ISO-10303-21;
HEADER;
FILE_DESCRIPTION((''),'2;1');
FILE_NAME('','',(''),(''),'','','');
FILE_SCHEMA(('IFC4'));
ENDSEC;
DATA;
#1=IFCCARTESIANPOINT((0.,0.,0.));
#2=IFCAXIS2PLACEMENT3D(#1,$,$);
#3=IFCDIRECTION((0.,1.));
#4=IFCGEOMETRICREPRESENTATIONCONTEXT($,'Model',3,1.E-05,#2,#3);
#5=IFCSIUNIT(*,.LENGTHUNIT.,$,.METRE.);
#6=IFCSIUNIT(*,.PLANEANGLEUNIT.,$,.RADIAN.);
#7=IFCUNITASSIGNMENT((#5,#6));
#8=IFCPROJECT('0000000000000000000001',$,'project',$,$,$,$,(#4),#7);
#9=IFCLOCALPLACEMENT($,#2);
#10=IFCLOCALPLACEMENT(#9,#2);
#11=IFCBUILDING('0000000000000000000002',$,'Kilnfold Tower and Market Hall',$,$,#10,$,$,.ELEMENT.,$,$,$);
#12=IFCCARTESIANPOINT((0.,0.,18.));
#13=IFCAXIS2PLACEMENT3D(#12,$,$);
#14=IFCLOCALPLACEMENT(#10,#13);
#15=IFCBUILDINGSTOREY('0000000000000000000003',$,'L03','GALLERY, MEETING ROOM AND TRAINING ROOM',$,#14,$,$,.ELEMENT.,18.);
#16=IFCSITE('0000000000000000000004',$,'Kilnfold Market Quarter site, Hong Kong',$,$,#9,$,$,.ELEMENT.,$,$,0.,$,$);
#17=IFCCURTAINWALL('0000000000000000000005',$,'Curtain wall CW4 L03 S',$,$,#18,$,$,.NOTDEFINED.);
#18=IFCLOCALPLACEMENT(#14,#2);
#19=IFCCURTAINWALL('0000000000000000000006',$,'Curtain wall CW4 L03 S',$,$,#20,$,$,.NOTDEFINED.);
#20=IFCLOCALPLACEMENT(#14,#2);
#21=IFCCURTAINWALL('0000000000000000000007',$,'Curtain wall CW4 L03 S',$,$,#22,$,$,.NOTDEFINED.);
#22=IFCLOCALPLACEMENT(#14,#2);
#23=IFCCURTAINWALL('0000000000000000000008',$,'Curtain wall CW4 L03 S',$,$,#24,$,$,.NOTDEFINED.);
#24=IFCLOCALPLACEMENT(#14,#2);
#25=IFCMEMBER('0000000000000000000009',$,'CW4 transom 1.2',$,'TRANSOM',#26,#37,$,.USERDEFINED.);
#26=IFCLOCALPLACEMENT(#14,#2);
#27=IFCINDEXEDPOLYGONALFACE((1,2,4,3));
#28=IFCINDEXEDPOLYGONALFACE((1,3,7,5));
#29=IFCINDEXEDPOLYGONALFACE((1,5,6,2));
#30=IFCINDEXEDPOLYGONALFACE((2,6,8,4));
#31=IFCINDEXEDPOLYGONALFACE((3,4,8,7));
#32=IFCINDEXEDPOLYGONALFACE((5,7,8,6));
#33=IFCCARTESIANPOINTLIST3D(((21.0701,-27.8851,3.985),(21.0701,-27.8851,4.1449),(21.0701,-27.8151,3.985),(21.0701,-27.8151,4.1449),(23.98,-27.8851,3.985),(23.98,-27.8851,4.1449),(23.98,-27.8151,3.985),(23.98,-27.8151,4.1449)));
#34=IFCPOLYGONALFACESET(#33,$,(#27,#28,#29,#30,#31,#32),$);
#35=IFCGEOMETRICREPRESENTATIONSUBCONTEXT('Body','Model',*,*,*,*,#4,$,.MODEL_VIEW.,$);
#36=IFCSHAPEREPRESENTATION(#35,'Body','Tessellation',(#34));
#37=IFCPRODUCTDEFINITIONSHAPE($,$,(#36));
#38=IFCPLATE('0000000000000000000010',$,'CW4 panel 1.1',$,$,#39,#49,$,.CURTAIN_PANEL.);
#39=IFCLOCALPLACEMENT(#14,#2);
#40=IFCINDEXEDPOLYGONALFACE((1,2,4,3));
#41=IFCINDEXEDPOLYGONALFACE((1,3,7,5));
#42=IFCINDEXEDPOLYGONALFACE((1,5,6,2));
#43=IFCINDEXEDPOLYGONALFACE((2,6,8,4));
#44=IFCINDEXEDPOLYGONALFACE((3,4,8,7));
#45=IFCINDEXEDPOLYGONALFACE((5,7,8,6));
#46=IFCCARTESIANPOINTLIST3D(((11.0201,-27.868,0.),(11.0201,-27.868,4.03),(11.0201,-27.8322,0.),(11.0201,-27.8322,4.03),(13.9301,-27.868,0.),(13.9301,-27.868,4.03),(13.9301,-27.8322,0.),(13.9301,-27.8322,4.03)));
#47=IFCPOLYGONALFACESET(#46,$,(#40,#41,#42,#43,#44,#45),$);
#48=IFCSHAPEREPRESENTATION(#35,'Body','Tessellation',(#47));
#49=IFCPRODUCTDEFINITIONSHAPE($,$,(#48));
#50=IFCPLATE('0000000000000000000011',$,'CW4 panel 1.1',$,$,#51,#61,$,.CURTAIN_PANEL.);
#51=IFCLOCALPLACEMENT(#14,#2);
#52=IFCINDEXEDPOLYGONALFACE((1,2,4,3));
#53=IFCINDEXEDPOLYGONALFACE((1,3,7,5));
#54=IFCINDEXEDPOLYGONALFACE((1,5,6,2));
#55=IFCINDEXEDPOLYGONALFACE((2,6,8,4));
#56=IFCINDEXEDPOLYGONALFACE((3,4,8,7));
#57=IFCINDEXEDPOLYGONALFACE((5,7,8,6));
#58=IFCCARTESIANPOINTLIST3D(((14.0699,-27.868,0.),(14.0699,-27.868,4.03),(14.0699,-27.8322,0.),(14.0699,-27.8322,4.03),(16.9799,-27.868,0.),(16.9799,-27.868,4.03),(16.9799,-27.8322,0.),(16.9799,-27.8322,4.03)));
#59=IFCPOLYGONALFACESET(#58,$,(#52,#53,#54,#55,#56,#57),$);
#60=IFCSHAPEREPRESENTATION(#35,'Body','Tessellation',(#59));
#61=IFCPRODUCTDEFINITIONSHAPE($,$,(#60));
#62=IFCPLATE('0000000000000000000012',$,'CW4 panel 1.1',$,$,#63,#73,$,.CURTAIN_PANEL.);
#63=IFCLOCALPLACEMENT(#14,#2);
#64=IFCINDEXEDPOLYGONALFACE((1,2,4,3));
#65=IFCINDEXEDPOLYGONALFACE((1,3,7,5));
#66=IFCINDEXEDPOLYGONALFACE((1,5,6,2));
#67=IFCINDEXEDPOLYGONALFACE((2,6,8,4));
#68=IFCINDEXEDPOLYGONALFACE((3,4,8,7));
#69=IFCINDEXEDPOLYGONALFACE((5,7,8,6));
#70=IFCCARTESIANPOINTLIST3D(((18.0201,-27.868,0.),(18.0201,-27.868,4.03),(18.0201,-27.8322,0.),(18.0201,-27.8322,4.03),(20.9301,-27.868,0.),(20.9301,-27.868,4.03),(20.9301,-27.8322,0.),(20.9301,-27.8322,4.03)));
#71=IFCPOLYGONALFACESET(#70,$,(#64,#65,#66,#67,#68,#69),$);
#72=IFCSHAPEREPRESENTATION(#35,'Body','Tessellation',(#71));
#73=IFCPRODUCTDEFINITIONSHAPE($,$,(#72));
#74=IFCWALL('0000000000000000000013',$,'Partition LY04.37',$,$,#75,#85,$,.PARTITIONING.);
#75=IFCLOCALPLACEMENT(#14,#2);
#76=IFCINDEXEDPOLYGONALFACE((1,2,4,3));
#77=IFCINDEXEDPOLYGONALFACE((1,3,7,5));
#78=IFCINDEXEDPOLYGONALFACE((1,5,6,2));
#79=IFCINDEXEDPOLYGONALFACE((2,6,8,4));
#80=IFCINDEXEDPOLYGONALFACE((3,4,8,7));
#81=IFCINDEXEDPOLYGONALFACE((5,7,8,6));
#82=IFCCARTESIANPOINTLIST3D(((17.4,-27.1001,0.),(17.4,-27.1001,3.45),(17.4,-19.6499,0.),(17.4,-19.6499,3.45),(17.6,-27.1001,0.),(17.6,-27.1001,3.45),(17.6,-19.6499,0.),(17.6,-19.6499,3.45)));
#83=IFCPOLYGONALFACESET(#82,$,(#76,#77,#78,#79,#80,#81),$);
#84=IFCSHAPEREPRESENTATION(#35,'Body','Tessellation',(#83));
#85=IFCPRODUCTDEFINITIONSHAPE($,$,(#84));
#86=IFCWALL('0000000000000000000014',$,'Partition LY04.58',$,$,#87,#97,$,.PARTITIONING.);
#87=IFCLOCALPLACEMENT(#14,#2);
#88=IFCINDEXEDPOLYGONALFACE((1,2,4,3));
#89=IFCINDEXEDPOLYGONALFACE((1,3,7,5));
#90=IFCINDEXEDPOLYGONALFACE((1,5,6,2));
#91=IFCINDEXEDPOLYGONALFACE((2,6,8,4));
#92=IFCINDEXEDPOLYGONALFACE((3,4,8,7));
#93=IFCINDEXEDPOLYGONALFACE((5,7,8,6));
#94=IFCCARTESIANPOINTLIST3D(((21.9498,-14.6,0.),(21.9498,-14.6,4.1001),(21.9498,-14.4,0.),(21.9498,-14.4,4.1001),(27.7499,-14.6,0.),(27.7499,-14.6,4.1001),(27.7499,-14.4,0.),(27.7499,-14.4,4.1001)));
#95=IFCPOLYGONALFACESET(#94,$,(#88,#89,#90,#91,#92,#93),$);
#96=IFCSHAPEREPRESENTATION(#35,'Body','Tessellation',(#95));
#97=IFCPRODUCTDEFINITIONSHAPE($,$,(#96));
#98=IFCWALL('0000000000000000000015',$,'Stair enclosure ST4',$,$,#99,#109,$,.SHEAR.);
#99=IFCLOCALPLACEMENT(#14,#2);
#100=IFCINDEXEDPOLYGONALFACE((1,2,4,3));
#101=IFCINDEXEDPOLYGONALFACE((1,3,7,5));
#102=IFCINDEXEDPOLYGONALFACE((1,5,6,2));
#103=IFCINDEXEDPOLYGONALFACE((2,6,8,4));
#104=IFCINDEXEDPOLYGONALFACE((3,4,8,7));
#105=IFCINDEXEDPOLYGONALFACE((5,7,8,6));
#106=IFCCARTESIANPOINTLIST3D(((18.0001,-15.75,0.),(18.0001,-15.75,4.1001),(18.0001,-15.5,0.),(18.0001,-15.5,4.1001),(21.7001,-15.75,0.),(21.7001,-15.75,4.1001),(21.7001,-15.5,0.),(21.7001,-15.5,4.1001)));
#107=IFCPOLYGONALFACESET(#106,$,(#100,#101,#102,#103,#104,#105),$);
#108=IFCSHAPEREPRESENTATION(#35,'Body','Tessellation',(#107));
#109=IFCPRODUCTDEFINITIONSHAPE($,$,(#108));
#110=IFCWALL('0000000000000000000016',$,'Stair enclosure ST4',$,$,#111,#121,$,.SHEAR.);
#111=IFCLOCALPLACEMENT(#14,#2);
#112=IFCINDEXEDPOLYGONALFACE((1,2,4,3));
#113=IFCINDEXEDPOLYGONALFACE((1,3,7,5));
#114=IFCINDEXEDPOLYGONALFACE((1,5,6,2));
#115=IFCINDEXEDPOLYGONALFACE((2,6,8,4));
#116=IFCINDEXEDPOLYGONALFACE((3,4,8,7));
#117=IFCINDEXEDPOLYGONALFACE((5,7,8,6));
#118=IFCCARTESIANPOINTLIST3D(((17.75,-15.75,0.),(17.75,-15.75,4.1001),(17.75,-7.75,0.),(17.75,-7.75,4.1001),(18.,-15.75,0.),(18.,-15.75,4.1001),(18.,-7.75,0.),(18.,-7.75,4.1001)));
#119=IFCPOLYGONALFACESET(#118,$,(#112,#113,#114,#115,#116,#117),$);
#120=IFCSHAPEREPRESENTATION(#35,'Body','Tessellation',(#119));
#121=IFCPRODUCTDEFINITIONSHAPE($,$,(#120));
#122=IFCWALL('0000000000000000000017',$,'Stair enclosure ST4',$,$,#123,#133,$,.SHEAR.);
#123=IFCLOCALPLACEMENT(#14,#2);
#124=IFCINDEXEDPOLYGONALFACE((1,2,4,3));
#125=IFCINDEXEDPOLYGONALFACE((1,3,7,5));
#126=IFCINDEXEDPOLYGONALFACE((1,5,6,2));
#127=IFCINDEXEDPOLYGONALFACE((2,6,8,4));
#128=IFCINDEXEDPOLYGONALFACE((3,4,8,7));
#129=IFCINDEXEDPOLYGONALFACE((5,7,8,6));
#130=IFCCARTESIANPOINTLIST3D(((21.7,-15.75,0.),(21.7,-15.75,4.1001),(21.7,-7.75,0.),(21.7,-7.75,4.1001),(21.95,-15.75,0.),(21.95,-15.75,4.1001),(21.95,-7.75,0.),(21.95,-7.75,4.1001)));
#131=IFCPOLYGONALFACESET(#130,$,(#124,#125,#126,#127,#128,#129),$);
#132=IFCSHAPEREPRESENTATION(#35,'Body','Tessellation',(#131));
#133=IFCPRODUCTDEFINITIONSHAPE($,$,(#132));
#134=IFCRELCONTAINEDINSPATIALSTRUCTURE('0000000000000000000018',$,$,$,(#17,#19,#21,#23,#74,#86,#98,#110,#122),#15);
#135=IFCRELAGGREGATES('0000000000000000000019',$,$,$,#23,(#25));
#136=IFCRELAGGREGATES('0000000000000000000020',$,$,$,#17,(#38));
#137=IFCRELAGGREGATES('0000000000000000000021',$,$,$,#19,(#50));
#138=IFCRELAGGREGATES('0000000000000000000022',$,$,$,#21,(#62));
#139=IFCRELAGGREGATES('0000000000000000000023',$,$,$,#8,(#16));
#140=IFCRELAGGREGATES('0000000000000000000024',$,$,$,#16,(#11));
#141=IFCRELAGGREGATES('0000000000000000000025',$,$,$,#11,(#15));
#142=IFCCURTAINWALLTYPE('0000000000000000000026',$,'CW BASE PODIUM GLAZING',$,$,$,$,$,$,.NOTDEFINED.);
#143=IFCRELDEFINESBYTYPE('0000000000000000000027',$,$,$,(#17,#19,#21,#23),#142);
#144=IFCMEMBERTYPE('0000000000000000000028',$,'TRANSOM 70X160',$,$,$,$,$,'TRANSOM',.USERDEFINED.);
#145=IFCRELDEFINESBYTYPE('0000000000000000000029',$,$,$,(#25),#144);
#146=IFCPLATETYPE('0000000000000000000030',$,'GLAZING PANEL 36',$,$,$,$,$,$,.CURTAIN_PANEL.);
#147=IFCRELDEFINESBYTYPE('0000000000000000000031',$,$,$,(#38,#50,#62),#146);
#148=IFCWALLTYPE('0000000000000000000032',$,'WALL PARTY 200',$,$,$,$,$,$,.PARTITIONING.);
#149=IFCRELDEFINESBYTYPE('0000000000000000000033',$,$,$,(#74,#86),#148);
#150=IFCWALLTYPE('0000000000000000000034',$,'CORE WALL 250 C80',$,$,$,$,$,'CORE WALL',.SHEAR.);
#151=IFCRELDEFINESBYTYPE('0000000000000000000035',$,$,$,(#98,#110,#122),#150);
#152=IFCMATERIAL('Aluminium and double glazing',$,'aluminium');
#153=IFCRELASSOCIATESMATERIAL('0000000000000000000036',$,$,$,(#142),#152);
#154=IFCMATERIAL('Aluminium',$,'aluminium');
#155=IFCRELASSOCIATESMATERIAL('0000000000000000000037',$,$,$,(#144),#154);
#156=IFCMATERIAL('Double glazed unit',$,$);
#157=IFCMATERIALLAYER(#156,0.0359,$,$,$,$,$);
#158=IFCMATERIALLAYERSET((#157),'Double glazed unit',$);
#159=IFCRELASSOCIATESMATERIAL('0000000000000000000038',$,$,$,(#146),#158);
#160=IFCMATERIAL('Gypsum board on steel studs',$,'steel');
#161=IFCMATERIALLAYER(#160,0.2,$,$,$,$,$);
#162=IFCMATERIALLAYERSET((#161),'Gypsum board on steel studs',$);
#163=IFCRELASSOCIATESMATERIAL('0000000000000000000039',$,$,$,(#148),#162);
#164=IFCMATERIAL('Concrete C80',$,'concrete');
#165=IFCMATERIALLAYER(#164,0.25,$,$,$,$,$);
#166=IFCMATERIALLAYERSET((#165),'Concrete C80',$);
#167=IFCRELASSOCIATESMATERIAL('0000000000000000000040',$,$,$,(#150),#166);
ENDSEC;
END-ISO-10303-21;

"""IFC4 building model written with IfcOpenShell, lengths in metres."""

from ifc_helpers import new_model, si_unit, direction, frame, frame_2d, origin, origin_2d, place, context, subcontext, project, spatial, rectangle, extrude, source, transform, mapped, material, layer, layer_set, material_profile, profile_set, type_object, element, aggregate, save


model = new_model("IFC4")

# Units and contexts
model_context = context("Model", 3, precision=1e-05, world=origin(), true_north=direction((0.0, 1.0)))
body_context = subcontext(model_context, "Body", "Model", "MODEL_VIEW")
ifc_project = project(units=[si_unit("LENGTHUNIT", "METRE"), si_unit("PLANEANGLEUNIT", "RADIAN")], contexts=[model_context])

# Site, building, storey
site_placement = place(None, origin())
site = spatial("IfcSite", under=ifc_project, at=site_placement, Name="Kilnfold Market Quarter site, Hong Kong", CompositionType="ELEMENT", RefElevation=0.0)
building_placement = place(site_placement, origin())
building = spatial("IfcBuilding", under=site, at=building_placement, Name="Kilnfold Tower and Market Hall", CompositionType="ELEMENT")
storey_placement = place(building_placement, frame((0.0, 0.0, 18.0)))
storey = spatial("IfcBuildingStorey", under=building, at=storey_placement, Name="L03", Description="GALLERY, MEETING ROOM AND TRAINING ROOM", CompositionType="ELEMENT", Elevation=18.0)

# Curtain wall
ifc_material_1 = material(Name="Aluminium and double glazing", Category="aluminium")
curtain_wall_type = type_object("IfcCurtainWallType", Name="CW BASE PODIUM GLAZING", PredefinedType="NOTDEFINED", material=ifc_material_1)
curtain_wall_1_placement = place(storey_placement, origin())
curtain_wall_1 = element("IfcCurtainWall", 1, at=curtain_wall_1_placement, inside=storey, type_object=curtain_wall_type, Name="Curtain wall CW4 L03 S", PredefinedType="NOTDEFINED")

# Curtain walls
curtain_wall_2_placement = place(storey_placement, origin())
curtain_wall_2 = element("IfcCurtainWall", 2, at=curtain_wall_2_placement, inside=storey, type_object=curtain_wall_type, Name="Curtain wall CW4 L03 S", PredefinedType="NOTDEFINED")
curtain_wall_3_placement = place(storey_placement, origin())
curtain_wall_3 = element("IfcCurtainWall", 3, at=curtain_wall_3_placement, inside=storey, type_object=curtain_wall_type, Name="Curtain wall CW4 L03 S", PredefinedType="NOTDEFINED")

# Curtain wall
curtain_wall_4_placement = place(storey_placement, origin())
curtain_wall_4 = element("IfcCurtainWall", 4, at=curtain_wall_4_placement, inside=storey, type_object=curtain_wall_type, Name="Curtain wall CW4 L03 S", PredefinedType="NOTDEFINED")

# Member
ifc_material_2 = material(Name="Aluminium", Category="aluminium")
ifc_material_profile_1 = material_profile(ifc_material_2, rectangle(XDim=0.0701, YDim=0.1599, at=origin_2d()), Name="TRANSOM 70x160")
ifc_profile_set_1 = profile_set([ifc_material_profile_1], Name="Aluminium")
member_type_1 = type_object("IfcMemberType", Name="TRANSOM 70X160", ElementType="TRANSOM", PredefinedType="USERDEFINED", material=ifc_profile_set_1)
shared_shape_1 = source(origin(), body_context, "Body", "SweptSolid", [
    extrude(rectangle(XDim=0.0701, YDim=0.1599, at=origin_2d()), origin(), (0.0, 0.0, 1.0), 2.9099),
])
member_1_placement = place(storey_placement, frame((21.0701, -27.8501, 4.0649), z_axis=(1.0, 0.0, 0.0), x_axis=(0.0, 1.0, 0.0)))
member_1 = element("IfcMember", 5, at=member_1_placement, type_object=member_type_1, Name="CW4 transom 1.2", ObjectType="TRANSOM", PredefinedType="USERDEFINED", context=body_context, shape_type="MappedRepresentation", body=[
    mapped(shared_shape_1, transform((0.0, 0.0, 0.0))),
])
aggregate(curtain_wall_4, [member_1])

# Plates
ifc_material_3 = material(Name="Double glazed unit")
ifc_layer_1 = layer(ifc_material_3, 0.0359)
ifc_layer_set_1 = layer_set([ifc_layer_1], Name="Double glazed unit")
plate_type = type_object("IfcPlateType", Name="GLAZING PANEL 36", PredefinedType="CURTAIN_PANEL", material=ifc_layer_set_1)
shared_shape_2 = source(origin(), body_context, "Body", "SweptSolid", [
    extrude(rectangle(XDim=2.9099, YDim=0.0359, at=origin_2d()), origin(), (0.0, 0.0, 1.0), 4.03),
])
plate_1_placement = place(storey_placement, frame((12.4751, -27.8501, 0.0), z_axis=(0.0, 0.0, 1.0), x_axis=(1.0, 0.0, 0.0)))
plate_1 = element("IfcPlate", 6, at=plate_1_placement, type_object=plate_type, Name="CW4 panel 1.1", PredefinedType="CURTAIN_PANEL", context=body_context, shape_type="MappedRepresentation", body=[
    mapped(shared_shape_2, transform((0.0, 0.0, 0.0))),
])
aggregate(curtain_wall_1, [plate_1])
plate_2_placement = place(storey_placement, frame((15.5249, -27.8501, 0.0), z_axis=(0.0, 0.0, 1.0), x_axis=(1.0, 0.0, 0.0)))
plate_2 = element("IfcPlate", 7, at=plate_2_placement, type_object=plate_type, Name="CW4 panel 1.1", PredefinedType="CURTAIN_PANEL", context=body_context, shape_type="MappedRepresentation", body=[
    mapped(shared_shape_2, transform((0.0, 0.0, 0.0))),
])
aggregate(curtain_wall_2, [plate_2])
plate_3_placement = place(storey_placement, frame((19.4751, -27.8501, 0.0), z_axis=(0.0, 0.0, 1.0), x_axis=(1.0, 0.0, 0.0)))
plate_3 = element("IfcPlate", 8, at=plate_3_placement, type_object=plate_type, Name="CW4 panel 1.1", PredefinedType="CURTAIN_PANEL", context=body_context, shape_type="MappedRepresentation", body=[
    mapped(shared_shape_2, transform((0.0, 0.0, 0.0))),
])
aggregate(curtain_wall_3, [plate_3])

# Walls
ifc_material_4 = material(Name="Gypsum board on steel studs", Category="steel")
ifc_layer_2 = layer(ifc_material_4, 0.2)
ifc_layer_set_2 = layer_set([ifc_layer_2], Name="Gypsum board on steel studs")
wall_type_1 = type_object("IfcWallType", Name="WALL PARTY 200", PredefinedType="PARTITIONING", material=ifc_layer_set_2)
wall_1_placement = place(storey_placement, frame((17.5, -27.1001, 0.0), z_axis=(0.0, 0.0, 1.0), x_axis=(0.0, 1.0, 0.0)))
element("IfcWall", 9, at=wall_1_placement, inside=storey, type_object=wall_type_1, Name="Partition LY04.37", PredefinedType="PARTITIONING", context=body_context, shape_type="SweptSolid", body=[
    extrude(rectangle(XDim=7.4502, YDim=0.2, at=frame_2d((3.7251, 0.0))), origin(), (0.0, 0.0, 1.0), 3.45),
])
wall_2_placement = place(storey_placement, frame((21.95, -14.5, 0.0), z_axis=(0.0, 0.0, 1.0), x_axis=(1.0, 0.0, 0.0)))
element("IfcWall", 10, at=wall_2_placement, inside=storey, type_object=wall_type_1, Name="Partition LY04.58", PredefinedType="PARTITIONING", context=body_context, shape_type="SweptSolid", body=[
    extrude(rectangle(XDim=5.8, YDim=0.2, at=frame_2d((2.8999, 0.0))), origin(), (0.0, 0.0, 1.0), 4.1001),
])
ifc_material_5 = material(Name="Concrete C80", Category="concrete")
ifc_layer_3 = layer(ifc_material_5, 0.25)
ifc_layer_set_3 = layer_set([ifc_layer_3], Name="Concrete C80")
wall_type_2 = type_object("IfcWallType", Name="CORE WALL 250 C80", ElementType="CORE WALL", PredefinedType="SHEAR", material=ifc_layer_set_3)
shared_shape_3 = source(origin(), body_context, "Body", "SweptSolid", [
    extrude(rectangle(XDim=3.7, YDim=0.25, at=frame_2d((1.8501, 0.0))), origin(), (0.0, 0.0, 1.0), 4.1001),
])
wall_3_placement = place(storey_placement, frame((18.0, -15.625, 0.0), z_axis=(0.0, 0.0, 1.0), x_axis=(1.0, 0.0, 0.0)))
element("IfcWall", 11, at=wall_3_placement, inside=storey, type_object=wall_type_2, Name="Stair enclosure ST4", PredefinedType="SHEAR", context=body_context, shape_type="MappedRepresentation", body=[
    mapped(shared_shape_3, transform((0.0, 0.0, 0.0))),
])
shared_shape_4 = source(origin(), body_context, "Body", "SweptSolid", [
    extrude(rectangle(XDim=8.0, YDim=0.25, at=frame_2d((4.0, 0.0))), origin(), (0.0, 0.0, 1.0), 4.1001),
])
for number, where, z_axis, x_axis, name in (
    (12, (17.875, -15.75, 0.0), (0.0, 0.0, 1.0), (0.0, 1.0, 0.0), "Stair enclosure ST4"),
    (13, (21.825, -15.75, 0.0), (0.0, 0.0, 1.0), (0.0, 1.0, 0.0), "Stair enclosure ST4"),
):
    element("IfcWall", number, at=place(storey_placement, frame(where, z_axis=z_axis, x_axis=x_axis)), inside=storey, type_object=wall_type_2, Name=name, PredefinedType="SHEAR", context=body_context, shape_type="MappedRepresentation", body=[
        mapped(shared_shape_4, transform((0.0, 0.0, 0.0))),
    ])

save(model, "model.ifc")
